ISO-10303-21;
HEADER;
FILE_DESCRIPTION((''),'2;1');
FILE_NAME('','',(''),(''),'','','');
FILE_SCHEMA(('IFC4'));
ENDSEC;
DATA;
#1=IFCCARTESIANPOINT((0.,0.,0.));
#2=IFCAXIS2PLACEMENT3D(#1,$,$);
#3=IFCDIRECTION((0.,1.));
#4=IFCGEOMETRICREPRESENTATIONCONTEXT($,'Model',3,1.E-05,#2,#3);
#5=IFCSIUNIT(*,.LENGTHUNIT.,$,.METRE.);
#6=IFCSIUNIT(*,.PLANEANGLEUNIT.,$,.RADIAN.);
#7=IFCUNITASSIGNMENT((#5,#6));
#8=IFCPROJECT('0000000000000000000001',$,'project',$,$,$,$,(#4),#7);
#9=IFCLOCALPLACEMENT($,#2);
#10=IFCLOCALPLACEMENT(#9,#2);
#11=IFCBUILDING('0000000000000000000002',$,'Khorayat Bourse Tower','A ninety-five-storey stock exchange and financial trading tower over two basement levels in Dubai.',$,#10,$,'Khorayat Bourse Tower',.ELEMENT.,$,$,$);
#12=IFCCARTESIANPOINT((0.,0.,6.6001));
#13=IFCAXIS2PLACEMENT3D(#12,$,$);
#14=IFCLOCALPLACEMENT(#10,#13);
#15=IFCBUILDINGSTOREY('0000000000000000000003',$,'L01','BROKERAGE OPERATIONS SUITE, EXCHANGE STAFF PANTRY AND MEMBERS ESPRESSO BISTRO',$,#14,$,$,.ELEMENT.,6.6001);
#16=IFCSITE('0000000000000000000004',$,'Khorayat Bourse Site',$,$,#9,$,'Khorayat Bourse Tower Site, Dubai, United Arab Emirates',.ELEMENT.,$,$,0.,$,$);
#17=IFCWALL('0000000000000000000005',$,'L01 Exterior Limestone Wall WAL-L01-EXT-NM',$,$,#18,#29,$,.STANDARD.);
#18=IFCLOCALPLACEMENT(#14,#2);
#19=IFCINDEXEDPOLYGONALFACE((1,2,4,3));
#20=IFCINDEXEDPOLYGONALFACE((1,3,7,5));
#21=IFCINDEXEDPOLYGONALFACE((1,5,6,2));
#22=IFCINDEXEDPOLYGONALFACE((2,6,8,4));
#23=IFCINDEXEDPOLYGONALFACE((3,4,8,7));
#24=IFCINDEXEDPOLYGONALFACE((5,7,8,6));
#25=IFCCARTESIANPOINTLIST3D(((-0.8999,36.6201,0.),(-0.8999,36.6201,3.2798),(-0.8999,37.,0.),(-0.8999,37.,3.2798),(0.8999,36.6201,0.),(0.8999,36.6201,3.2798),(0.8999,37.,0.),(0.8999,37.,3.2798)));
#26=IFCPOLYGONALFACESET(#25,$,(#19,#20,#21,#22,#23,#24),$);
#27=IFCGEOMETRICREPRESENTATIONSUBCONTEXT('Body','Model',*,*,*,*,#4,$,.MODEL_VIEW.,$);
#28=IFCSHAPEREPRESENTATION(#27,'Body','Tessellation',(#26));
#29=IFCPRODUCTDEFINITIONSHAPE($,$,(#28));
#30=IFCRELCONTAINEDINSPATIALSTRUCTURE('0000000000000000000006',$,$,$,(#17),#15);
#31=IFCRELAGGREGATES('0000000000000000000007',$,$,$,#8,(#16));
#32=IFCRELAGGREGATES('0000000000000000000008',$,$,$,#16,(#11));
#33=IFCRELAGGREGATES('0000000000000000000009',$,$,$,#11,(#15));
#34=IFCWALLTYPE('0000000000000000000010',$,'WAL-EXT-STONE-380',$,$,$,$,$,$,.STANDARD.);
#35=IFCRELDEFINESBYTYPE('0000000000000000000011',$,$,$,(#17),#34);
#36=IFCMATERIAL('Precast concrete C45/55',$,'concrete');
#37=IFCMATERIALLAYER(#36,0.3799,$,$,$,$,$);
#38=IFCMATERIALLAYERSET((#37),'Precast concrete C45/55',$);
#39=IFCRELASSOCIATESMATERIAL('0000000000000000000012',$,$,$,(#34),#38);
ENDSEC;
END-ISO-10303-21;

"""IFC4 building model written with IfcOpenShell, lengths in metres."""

from ifc_helpers import new_model, si_unit, direction, frame, frame_2d, origin, place, context, subcontext, project, spatial, rectangle, extrude, source, transform, mapped, material, layer, layer_set, type_object, element, save


model = new_model("IFC4")

# Units and contexts
model_context = context("Model", 3, precision=1e-05, world=origin(), true_north=direction((0.0, 1.0)))
body_context = subcontext(model_context, "Body", "Model", "MODEL_VIEW")
ifc_project = project(units=[si_unit("LENGTHUNIT", "METRE"), si_unit("PLANEANGLEUNIT", "RADIAN")], contexts=[model_context])

# Site, building, storey
site_placement = place(None, origin())
site = spatial("IfcSite", under=ifc_project, at=site_placement, Name="Khorayat Bourse Site", LongName="Khorayat Bourse Tower Site, Dubai, United Arab Emirates", CompositionType="ELEMENT", RefElevation=0.0)
building_placement = place(site_placement, origin())
building = spatial("IfcBuilding", under=site, at=building_placement, Name="Khorayat Bourse Tower", Description="A ninety-five-storey stock exchange and financial trading tower over two basement levels in Dubai.", LongName="Khorayat Bourse Tower", CompositionType="ELEMENT")
storey_placement = place(building_placement, frame((0.0, 0.0, 6.6001)))
storey = spatial("IfcBuildingStorey", under=building, at=storey_placement, Name="L01", Description="BROKERAGE OPERATIONS SUITE, EXCHANGE STAFF PANTRY AND MEMBERS ESPRESSO BISTRO", CompositionType="ELEMENT", Elevation=6.6001)

# Wall
ifc_material_1 = material(Name="Precast concrete C45/55", Category="concrete")
ifc_layer_1 = layer(ifc_material_1, 0.3799)
ifc_layer_set_1 = layer_set([ifc_layer_1], Name="Precast concrete C45/55")
wall_type_1 = type_object("IfcWallType", Name="WAL-EXT-STONE-380", PredefinedType="STANDARD", material=ifc_layer_set_1)
shared_shape_1 = source(origin(), body_context, "Body", "SweptSolid", [
    extrude(rectangle(XDim=1.7998, YDim=0.3799, at=frame_2d((0.8999, 0.0))), origin(), (0.0, 0.0, 1.0), 3.2798),
])
wall_1_placement = place(storey_placement, frame((-0.8999, 36.8101, 0.0), z_axis=(0.0, 0.0, 1.0), x_axis=(1.0, 0.0, 0.0)))
element("IfcWall", 1, at=wall_1_placement, inside=storey, type_object=wall_type_1, Name="L01 Exterior Limestone Wall WAL-L01-EXT-NM", PredefinedType="STANDARD", context=body_context, shape_type="MappedRepresentation", body=[
    mapped(shared_shape_1, transform((0.0, 0.0, 0.0), scale=1.0)),
])

save(model, "model.ifc")
